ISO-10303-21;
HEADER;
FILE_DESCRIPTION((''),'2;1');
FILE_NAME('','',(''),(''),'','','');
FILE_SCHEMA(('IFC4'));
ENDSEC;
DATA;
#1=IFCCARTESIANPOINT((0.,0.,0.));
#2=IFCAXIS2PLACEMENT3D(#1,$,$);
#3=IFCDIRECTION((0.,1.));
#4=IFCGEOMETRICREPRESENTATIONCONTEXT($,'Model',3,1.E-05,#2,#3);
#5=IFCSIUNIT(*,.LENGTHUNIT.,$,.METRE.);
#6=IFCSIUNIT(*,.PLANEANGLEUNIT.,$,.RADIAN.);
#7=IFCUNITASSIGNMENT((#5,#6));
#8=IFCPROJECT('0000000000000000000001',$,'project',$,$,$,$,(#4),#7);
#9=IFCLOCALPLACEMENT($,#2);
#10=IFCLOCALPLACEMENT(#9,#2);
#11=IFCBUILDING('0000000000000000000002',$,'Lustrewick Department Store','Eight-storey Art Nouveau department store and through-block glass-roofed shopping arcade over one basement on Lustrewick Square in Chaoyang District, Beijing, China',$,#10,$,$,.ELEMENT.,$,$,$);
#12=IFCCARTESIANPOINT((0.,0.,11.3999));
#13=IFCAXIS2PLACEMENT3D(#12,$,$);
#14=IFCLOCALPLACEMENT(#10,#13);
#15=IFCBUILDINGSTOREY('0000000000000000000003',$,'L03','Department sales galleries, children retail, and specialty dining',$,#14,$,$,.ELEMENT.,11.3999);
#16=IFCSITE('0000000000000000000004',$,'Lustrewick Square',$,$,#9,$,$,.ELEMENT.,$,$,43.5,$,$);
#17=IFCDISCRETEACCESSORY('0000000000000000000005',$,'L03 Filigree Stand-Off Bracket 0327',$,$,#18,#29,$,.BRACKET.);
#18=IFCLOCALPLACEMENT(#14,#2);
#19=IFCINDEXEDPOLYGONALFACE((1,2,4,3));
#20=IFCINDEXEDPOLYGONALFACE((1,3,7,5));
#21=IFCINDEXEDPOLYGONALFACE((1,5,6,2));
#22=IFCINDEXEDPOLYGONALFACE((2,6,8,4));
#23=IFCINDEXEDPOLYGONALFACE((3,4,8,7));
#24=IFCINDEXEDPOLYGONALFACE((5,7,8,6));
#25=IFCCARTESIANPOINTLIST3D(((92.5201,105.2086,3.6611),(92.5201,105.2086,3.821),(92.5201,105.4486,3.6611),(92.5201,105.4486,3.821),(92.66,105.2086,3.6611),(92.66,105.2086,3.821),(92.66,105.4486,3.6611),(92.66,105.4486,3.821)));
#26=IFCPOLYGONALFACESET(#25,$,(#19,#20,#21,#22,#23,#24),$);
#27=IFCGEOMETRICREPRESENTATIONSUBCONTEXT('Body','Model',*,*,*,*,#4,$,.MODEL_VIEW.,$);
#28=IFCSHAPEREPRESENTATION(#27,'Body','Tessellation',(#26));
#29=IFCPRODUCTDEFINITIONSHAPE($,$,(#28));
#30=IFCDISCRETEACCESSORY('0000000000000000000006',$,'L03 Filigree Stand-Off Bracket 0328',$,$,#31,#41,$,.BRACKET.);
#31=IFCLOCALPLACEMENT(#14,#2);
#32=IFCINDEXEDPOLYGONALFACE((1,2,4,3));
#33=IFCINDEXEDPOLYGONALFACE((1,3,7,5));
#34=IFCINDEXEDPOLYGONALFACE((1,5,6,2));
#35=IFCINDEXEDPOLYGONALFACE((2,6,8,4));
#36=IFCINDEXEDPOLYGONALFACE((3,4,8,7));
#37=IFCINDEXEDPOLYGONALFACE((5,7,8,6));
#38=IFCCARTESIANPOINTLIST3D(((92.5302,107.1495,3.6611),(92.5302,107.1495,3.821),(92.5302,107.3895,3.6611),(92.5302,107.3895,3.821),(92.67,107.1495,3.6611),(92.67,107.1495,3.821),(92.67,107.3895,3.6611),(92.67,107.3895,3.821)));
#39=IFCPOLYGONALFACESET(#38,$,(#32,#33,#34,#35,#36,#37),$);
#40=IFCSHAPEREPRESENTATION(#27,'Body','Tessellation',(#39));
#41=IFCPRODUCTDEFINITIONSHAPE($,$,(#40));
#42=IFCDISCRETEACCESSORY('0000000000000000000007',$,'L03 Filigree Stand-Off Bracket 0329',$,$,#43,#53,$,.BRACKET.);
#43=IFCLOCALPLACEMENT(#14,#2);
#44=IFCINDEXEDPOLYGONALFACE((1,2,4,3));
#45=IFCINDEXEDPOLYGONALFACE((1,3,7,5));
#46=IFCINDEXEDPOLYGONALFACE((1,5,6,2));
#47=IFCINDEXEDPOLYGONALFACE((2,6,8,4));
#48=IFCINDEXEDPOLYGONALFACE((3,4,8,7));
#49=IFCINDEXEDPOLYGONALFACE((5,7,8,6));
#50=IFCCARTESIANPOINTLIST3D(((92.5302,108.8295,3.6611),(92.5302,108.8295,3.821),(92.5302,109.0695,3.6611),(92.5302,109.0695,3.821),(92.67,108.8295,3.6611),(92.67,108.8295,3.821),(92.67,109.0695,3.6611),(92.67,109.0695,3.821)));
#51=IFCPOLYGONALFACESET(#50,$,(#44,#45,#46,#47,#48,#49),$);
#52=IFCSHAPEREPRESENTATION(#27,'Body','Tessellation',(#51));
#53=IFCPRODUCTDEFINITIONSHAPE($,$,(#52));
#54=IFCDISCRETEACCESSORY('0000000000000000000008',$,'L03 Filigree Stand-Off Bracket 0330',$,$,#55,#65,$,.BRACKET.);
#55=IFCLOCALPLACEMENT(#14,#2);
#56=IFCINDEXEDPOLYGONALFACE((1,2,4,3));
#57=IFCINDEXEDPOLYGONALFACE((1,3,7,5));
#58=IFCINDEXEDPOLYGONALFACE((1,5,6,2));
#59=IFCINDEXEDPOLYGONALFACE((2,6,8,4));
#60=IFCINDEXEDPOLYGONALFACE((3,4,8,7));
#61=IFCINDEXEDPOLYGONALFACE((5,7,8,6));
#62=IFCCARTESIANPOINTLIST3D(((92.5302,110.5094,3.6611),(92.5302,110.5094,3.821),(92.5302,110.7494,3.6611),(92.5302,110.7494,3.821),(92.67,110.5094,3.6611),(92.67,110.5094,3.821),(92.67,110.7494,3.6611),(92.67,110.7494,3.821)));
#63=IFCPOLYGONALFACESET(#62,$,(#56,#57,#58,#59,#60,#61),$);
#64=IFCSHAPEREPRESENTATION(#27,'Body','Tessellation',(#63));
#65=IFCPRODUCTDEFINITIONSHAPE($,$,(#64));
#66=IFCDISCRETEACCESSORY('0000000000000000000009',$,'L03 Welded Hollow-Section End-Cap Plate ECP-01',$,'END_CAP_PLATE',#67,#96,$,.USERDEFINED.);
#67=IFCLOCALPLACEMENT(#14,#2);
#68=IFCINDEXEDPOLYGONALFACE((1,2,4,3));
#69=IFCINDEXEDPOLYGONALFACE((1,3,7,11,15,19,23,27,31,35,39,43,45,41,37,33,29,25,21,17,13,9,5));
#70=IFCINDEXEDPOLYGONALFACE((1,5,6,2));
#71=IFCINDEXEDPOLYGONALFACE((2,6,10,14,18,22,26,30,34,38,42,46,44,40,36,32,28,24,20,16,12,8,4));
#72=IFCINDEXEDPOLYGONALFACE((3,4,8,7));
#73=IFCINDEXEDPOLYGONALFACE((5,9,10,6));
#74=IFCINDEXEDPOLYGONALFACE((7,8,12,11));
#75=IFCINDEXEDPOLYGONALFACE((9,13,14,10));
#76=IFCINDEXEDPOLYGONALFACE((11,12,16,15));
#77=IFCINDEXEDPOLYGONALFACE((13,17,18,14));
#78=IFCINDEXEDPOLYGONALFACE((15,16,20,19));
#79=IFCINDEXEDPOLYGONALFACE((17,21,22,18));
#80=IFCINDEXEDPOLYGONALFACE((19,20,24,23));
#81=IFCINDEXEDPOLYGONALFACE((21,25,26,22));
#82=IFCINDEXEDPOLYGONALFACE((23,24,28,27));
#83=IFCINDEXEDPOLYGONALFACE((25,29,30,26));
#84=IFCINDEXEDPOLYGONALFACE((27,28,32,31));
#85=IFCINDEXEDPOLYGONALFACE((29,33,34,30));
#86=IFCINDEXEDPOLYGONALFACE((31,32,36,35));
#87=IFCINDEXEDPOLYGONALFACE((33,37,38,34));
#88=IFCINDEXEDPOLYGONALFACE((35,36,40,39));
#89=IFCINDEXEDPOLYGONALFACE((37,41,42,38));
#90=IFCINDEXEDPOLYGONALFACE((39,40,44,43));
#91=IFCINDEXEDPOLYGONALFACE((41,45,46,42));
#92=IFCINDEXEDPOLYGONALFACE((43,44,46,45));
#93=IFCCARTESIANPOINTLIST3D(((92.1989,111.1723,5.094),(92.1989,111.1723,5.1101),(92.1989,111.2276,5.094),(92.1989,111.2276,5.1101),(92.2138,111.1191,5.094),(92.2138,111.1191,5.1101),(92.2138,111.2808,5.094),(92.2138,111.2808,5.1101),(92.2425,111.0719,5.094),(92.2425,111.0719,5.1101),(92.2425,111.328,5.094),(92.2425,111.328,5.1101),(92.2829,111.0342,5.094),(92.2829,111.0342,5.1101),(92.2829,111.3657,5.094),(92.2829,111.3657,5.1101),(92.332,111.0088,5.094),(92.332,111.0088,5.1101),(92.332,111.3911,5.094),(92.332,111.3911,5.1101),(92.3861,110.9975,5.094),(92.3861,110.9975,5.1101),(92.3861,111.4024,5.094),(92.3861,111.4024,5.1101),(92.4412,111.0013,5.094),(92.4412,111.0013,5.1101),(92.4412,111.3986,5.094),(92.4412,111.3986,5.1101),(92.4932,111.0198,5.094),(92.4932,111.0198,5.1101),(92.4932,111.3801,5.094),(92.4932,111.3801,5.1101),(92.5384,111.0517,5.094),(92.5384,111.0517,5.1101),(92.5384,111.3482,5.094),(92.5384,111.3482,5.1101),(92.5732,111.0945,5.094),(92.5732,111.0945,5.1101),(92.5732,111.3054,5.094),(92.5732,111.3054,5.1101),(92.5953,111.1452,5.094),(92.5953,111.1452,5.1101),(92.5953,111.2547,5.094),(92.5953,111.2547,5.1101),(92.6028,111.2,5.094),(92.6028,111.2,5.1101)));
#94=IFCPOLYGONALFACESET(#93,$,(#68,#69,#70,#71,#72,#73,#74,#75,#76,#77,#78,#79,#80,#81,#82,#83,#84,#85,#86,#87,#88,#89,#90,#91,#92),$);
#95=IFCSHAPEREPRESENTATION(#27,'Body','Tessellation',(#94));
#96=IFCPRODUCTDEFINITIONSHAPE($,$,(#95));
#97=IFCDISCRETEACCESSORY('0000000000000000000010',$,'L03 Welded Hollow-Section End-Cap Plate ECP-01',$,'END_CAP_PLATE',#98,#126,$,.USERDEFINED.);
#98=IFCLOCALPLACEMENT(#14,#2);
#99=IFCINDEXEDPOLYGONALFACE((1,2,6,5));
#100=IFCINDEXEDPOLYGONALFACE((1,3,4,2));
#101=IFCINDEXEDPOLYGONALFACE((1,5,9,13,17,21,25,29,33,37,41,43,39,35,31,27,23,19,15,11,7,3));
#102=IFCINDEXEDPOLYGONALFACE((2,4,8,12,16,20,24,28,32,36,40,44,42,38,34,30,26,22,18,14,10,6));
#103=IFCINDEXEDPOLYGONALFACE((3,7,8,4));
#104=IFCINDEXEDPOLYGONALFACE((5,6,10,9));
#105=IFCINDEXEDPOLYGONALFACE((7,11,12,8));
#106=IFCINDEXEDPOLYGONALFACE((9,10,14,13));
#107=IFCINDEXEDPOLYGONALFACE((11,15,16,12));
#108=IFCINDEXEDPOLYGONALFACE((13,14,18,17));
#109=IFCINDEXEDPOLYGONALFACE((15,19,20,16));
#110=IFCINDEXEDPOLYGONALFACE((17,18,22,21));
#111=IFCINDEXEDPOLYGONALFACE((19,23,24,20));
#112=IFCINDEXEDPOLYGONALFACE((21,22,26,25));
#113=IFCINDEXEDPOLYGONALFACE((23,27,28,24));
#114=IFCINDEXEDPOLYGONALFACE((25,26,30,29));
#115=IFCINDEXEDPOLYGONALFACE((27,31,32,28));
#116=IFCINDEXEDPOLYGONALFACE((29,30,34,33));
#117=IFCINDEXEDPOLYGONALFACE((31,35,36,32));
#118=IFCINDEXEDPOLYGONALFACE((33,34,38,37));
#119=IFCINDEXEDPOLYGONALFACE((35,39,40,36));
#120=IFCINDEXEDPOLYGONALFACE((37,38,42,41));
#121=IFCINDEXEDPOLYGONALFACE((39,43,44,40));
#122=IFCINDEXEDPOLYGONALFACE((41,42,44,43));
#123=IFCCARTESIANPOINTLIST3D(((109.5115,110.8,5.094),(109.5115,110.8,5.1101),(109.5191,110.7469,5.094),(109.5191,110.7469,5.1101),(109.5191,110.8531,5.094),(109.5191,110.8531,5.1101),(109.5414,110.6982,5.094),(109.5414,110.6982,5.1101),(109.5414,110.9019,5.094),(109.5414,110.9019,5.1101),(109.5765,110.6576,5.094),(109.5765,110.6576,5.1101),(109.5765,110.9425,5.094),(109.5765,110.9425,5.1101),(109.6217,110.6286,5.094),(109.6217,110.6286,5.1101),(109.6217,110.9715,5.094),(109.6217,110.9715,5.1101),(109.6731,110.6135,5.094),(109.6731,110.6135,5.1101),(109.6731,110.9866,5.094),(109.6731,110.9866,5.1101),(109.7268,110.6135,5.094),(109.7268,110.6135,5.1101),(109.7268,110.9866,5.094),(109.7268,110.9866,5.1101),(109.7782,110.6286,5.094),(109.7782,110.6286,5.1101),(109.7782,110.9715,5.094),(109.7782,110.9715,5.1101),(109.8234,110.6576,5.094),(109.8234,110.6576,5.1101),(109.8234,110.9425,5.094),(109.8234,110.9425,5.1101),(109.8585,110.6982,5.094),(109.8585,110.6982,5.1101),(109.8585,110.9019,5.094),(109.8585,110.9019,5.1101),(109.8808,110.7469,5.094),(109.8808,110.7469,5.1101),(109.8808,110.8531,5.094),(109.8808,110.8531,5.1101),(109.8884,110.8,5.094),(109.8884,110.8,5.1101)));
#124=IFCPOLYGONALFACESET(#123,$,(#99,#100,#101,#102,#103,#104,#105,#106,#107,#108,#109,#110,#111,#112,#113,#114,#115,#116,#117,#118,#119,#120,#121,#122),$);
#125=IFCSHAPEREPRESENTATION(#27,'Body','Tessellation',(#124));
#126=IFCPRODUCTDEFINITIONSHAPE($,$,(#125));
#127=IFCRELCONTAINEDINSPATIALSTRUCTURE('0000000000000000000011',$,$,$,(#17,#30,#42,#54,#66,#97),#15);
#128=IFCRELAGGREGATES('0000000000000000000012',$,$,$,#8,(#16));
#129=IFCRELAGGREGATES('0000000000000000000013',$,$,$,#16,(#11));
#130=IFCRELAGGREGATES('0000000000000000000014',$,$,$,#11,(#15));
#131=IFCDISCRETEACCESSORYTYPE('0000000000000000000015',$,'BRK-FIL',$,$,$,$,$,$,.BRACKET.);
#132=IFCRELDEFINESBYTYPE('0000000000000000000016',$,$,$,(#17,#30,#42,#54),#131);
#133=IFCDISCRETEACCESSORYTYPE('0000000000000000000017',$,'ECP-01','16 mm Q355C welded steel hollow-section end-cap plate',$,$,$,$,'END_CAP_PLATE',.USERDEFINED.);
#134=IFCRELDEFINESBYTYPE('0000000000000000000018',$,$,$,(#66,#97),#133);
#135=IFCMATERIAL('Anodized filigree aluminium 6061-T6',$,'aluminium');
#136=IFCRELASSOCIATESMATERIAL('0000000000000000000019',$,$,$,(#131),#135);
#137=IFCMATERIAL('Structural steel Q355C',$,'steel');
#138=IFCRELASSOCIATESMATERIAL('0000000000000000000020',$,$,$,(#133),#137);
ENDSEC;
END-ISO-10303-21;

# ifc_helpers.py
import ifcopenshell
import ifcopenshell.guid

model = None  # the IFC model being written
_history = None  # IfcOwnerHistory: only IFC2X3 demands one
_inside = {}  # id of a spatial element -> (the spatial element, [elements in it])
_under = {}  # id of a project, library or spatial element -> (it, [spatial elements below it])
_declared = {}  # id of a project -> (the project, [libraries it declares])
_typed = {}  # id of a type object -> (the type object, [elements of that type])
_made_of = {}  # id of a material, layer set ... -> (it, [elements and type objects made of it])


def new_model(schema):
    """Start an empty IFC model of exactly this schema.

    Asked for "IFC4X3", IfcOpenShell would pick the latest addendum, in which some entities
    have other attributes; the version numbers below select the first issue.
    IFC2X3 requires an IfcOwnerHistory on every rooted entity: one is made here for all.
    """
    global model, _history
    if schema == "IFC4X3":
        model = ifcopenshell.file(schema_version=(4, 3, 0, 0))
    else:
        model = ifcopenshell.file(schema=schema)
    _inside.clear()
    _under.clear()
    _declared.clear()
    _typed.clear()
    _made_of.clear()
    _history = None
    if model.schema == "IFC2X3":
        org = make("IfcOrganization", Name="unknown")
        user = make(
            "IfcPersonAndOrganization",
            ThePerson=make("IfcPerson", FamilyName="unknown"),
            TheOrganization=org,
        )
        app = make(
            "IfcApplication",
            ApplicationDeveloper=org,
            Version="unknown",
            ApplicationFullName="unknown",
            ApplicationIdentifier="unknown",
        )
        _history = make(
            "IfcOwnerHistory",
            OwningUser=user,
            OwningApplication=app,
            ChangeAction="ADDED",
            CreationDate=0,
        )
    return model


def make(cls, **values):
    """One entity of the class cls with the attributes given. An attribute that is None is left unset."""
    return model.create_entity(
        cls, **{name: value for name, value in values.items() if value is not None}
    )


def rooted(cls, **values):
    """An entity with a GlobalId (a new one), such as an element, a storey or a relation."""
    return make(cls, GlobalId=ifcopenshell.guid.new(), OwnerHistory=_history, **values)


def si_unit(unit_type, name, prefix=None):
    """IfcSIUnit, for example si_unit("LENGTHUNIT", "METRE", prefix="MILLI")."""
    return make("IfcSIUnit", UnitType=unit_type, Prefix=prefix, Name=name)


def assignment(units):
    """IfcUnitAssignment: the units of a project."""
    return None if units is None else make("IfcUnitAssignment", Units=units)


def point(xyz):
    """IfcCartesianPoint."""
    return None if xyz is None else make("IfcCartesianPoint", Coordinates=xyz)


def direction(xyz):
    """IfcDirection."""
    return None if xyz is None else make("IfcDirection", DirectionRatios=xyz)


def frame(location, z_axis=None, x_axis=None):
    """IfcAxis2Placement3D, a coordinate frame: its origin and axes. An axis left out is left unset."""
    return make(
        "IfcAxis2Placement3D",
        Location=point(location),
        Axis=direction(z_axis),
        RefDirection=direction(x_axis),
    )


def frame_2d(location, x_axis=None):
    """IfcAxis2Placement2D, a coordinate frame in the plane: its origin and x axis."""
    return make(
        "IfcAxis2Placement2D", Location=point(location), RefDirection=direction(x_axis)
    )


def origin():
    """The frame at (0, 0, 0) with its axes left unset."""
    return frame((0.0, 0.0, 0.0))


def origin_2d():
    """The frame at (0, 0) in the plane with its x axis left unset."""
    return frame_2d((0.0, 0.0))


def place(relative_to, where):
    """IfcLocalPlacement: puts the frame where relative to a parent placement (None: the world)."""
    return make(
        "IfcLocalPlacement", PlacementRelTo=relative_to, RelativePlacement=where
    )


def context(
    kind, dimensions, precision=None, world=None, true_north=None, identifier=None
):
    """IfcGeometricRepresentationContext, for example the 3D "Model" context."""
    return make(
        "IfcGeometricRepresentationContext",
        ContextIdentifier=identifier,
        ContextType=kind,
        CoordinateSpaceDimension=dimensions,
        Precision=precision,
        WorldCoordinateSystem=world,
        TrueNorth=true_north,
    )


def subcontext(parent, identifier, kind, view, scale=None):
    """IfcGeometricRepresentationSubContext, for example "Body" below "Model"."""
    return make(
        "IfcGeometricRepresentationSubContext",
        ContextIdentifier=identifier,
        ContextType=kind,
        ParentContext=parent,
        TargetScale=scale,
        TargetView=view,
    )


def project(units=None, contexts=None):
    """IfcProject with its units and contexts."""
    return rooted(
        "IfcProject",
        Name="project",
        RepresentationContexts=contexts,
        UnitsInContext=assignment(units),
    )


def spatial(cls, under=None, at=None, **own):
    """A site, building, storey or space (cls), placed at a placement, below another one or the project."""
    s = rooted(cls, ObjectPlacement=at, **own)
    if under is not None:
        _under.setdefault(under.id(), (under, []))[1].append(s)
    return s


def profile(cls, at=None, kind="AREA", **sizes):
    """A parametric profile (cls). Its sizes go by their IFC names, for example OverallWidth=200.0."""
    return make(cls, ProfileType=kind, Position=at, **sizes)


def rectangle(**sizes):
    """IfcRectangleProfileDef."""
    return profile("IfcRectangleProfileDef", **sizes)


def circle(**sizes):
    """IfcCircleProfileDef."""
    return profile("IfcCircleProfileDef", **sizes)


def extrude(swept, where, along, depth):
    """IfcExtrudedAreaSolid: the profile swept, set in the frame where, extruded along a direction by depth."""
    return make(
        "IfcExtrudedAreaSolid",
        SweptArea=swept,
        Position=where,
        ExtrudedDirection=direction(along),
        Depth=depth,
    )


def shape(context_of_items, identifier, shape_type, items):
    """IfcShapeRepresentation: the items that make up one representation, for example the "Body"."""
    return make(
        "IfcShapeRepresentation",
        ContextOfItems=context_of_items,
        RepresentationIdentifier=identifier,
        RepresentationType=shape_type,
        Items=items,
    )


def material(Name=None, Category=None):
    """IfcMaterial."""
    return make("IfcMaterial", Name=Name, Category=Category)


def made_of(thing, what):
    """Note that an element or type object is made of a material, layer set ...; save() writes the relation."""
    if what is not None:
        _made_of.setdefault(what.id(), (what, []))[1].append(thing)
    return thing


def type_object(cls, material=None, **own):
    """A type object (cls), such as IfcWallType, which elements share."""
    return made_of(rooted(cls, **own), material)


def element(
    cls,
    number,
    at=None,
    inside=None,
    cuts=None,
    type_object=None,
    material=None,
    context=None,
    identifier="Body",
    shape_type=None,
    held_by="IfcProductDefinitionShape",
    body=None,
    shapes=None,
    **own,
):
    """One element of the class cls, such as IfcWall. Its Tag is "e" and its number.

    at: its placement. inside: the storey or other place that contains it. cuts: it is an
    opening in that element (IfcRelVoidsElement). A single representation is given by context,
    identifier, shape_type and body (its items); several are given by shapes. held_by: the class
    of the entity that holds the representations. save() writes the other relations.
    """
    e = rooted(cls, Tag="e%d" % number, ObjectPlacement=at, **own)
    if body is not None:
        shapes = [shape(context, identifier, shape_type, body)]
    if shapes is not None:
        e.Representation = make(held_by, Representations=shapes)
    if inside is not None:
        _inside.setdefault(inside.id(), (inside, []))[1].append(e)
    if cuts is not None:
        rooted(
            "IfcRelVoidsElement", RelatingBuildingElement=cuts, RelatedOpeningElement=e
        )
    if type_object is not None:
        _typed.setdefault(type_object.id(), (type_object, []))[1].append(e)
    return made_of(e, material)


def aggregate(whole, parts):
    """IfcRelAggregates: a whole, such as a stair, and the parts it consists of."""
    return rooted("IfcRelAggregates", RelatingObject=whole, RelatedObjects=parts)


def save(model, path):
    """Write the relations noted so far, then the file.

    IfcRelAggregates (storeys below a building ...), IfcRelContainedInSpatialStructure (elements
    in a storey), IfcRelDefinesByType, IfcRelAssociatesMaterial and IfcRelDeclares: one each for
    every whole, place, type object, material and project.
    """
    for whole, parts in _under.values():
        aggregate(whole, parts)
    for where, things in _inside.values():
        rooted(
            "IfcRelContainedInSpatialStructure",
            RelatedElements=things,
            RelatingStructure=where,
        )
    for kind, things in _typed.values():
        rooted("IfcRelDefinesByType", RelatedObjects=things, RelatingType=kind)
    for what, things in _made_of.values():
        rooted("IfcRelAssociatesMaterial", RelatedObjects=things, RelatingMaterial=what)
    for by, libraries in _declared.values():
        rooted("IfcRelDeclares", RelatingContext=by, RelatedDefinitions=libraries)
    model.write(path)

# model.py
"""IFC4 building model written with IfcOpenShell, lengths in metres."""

from ifc_helpers import new_model, si_unit, direction, frame, origin, origin_2d, place, context, subcontext, project, spatial, rectangle, circle, extrude, material, type_object, element, save


model = new_model("IFC4")

# Units and contexts
model_context = context("Model", 3, precision=1e-05, world=origin(), true_north=direction((0.0, 1.0)))
body_context = subcontext(model_context, "Body", "Model", "MODEL_VIEW")
ifc_project = project(units=[si_unit("LENGTHUNIT", "METRE"), si_unit("PLANEANGLEUNIT", "RADIAN")], contexts=[model_context])

# Site, building, storey
site_placement = place(None, origin())
site = spatial("IfcSite", under=ifc_project, at=site_placement, Name="Lustrewick Square", CompositionType="ELEMENT", RefElevation=43.5)
building_placement = place(site_placement, origin())
building = spatial("IfcBuilding", under=site, at=building_placement, Name="Lustrewick Department Store", Description="Eight-storey Art Nouveau department store and through-block glass-roofed shopping arcade over one basement on Lustrewick Square in Chaoyang District, Beijing, China", CompositionType="ELEMENT")
storey_placement = place(building_placement, frame((0.0, 0.0, 11.3999)))
storey = spatial("IfcBuildingStorey", under=building, at=storey_placement, Name="L03", Description="Department sales galleries, children retail, and specialty dining", CompositionType="ELEMENT", Elevation=11.3999)

# Shared definitions
ifc_material_1 = material(Name="Structural steel Q355C", Category="steel")

# Discrete accessories
ifc_material_2 = material(Name="Anodized filigree aluminium 6061-T6", Category="aluminium")
discrete_accessory_type_1 = type_object("IfcDiscreteAccessoryType", Name="BRK-FIL", PredefinedType="BRACKET", material=ifc_material_2)
for number, where, z_axis, x_axis, name in (
    (1, (92.5901, 105.3286, 3.6611), (0.0, 0.0, 1.0), (0.0, 1.0, 0.0), "L03 Filigree Stand-Off Bracket 0327"),
    (2, (92.6001, 107.2695, 3.6611), (0.0, 0.0, 1.0), (0.0, 1.0, 0.0), "L03 Filigree Stand-Off Bracket 0328"),
    (3, (92.6001, 108.9495, 3.6611), (0.0, 0.0, 1.0), (0.0, 1.0, 0.0), "L03 Filigree Stand-Off Bracket 0329"),
    (4, (92.6001, 110.6294, 3.6611), (0.0, 0.0, 1.0), (0.0, 1.0, 0.0), "L03 Filigree Stand-Off Bracket 0330"),
):
    element("IfcDiscreteAccessory", number, at=place(storey_placement, frame(where, z_axis=z_axis, x_axis=x_axis)), inside=storey, type_object=discrete_accessory_type_1, Name=name, PredefinedType="BRACKET", context=body_context, shape_type="SweptSolid", body=[
        extrude(rectangle(XDim=0.24, YDim=0.1399, at=origin_2d()), origin(), (0.0, 0.0, 1.0), 0.1599),
    ])
discrete_accessory_type_2 = type_object("IfcDiscreteAccessoryType", Name="ECP-01", Description="16 mm Q355C welded steel hollow-section end-cap plate", ElementType="END_CAP_PLATE", PredefinedType="USERDEFINED", material=ifc_material_1)
discrete_accessory_1_placement = place(storey_placement, frame((92.3999, 111.2, 5.094), z_axis=(0.0, 0.0, 1.0), x_axis=(1.0, 0.0, 0.0)))
element("IfcDiscreteAccessory", 5, at=discrete_accessory_1_placement, inside=storey, type_object=discrete_accessory_type_2, Name="L03 Welded Hollow-Section End-Cap Plate ECP-01", ObjectType="END_CAP_PLATE", PredefinedType="USERDEFINED", context=body_context, shape_type="SweptSolid", body=[
    extrude(circle(Radius=0.2029, at=origin_2d()), origin(), (0.0, 0.0, 1.0), 0.0161),
])
discrete_accessory_2_placement = place(storey_placement, frame((109.7, 110.8, 5.094), z_axis=(0.0, 0.0, 1.0), x_axis=(1.0, 0.0, 0.0)))
element("IfcDiscreteAccessory", 6, at=discrete_accessory_2_placement, inside=storey, type_object=discrete_accessory_type_2, Name="L03 Welded Hollow-Section End-Cap Plate ECP-01", ObjectType="END_CAP_PLATE", PredefinedType="USERDEFINED", context=body_context, shape_type="SweptSolid", body=[
    extrude(circle(Radius=0.1885, at=origin_2d()), origin(), (0.0, 0.0, 1.0), 0.0161),
])

save(model, "model.ifc")
